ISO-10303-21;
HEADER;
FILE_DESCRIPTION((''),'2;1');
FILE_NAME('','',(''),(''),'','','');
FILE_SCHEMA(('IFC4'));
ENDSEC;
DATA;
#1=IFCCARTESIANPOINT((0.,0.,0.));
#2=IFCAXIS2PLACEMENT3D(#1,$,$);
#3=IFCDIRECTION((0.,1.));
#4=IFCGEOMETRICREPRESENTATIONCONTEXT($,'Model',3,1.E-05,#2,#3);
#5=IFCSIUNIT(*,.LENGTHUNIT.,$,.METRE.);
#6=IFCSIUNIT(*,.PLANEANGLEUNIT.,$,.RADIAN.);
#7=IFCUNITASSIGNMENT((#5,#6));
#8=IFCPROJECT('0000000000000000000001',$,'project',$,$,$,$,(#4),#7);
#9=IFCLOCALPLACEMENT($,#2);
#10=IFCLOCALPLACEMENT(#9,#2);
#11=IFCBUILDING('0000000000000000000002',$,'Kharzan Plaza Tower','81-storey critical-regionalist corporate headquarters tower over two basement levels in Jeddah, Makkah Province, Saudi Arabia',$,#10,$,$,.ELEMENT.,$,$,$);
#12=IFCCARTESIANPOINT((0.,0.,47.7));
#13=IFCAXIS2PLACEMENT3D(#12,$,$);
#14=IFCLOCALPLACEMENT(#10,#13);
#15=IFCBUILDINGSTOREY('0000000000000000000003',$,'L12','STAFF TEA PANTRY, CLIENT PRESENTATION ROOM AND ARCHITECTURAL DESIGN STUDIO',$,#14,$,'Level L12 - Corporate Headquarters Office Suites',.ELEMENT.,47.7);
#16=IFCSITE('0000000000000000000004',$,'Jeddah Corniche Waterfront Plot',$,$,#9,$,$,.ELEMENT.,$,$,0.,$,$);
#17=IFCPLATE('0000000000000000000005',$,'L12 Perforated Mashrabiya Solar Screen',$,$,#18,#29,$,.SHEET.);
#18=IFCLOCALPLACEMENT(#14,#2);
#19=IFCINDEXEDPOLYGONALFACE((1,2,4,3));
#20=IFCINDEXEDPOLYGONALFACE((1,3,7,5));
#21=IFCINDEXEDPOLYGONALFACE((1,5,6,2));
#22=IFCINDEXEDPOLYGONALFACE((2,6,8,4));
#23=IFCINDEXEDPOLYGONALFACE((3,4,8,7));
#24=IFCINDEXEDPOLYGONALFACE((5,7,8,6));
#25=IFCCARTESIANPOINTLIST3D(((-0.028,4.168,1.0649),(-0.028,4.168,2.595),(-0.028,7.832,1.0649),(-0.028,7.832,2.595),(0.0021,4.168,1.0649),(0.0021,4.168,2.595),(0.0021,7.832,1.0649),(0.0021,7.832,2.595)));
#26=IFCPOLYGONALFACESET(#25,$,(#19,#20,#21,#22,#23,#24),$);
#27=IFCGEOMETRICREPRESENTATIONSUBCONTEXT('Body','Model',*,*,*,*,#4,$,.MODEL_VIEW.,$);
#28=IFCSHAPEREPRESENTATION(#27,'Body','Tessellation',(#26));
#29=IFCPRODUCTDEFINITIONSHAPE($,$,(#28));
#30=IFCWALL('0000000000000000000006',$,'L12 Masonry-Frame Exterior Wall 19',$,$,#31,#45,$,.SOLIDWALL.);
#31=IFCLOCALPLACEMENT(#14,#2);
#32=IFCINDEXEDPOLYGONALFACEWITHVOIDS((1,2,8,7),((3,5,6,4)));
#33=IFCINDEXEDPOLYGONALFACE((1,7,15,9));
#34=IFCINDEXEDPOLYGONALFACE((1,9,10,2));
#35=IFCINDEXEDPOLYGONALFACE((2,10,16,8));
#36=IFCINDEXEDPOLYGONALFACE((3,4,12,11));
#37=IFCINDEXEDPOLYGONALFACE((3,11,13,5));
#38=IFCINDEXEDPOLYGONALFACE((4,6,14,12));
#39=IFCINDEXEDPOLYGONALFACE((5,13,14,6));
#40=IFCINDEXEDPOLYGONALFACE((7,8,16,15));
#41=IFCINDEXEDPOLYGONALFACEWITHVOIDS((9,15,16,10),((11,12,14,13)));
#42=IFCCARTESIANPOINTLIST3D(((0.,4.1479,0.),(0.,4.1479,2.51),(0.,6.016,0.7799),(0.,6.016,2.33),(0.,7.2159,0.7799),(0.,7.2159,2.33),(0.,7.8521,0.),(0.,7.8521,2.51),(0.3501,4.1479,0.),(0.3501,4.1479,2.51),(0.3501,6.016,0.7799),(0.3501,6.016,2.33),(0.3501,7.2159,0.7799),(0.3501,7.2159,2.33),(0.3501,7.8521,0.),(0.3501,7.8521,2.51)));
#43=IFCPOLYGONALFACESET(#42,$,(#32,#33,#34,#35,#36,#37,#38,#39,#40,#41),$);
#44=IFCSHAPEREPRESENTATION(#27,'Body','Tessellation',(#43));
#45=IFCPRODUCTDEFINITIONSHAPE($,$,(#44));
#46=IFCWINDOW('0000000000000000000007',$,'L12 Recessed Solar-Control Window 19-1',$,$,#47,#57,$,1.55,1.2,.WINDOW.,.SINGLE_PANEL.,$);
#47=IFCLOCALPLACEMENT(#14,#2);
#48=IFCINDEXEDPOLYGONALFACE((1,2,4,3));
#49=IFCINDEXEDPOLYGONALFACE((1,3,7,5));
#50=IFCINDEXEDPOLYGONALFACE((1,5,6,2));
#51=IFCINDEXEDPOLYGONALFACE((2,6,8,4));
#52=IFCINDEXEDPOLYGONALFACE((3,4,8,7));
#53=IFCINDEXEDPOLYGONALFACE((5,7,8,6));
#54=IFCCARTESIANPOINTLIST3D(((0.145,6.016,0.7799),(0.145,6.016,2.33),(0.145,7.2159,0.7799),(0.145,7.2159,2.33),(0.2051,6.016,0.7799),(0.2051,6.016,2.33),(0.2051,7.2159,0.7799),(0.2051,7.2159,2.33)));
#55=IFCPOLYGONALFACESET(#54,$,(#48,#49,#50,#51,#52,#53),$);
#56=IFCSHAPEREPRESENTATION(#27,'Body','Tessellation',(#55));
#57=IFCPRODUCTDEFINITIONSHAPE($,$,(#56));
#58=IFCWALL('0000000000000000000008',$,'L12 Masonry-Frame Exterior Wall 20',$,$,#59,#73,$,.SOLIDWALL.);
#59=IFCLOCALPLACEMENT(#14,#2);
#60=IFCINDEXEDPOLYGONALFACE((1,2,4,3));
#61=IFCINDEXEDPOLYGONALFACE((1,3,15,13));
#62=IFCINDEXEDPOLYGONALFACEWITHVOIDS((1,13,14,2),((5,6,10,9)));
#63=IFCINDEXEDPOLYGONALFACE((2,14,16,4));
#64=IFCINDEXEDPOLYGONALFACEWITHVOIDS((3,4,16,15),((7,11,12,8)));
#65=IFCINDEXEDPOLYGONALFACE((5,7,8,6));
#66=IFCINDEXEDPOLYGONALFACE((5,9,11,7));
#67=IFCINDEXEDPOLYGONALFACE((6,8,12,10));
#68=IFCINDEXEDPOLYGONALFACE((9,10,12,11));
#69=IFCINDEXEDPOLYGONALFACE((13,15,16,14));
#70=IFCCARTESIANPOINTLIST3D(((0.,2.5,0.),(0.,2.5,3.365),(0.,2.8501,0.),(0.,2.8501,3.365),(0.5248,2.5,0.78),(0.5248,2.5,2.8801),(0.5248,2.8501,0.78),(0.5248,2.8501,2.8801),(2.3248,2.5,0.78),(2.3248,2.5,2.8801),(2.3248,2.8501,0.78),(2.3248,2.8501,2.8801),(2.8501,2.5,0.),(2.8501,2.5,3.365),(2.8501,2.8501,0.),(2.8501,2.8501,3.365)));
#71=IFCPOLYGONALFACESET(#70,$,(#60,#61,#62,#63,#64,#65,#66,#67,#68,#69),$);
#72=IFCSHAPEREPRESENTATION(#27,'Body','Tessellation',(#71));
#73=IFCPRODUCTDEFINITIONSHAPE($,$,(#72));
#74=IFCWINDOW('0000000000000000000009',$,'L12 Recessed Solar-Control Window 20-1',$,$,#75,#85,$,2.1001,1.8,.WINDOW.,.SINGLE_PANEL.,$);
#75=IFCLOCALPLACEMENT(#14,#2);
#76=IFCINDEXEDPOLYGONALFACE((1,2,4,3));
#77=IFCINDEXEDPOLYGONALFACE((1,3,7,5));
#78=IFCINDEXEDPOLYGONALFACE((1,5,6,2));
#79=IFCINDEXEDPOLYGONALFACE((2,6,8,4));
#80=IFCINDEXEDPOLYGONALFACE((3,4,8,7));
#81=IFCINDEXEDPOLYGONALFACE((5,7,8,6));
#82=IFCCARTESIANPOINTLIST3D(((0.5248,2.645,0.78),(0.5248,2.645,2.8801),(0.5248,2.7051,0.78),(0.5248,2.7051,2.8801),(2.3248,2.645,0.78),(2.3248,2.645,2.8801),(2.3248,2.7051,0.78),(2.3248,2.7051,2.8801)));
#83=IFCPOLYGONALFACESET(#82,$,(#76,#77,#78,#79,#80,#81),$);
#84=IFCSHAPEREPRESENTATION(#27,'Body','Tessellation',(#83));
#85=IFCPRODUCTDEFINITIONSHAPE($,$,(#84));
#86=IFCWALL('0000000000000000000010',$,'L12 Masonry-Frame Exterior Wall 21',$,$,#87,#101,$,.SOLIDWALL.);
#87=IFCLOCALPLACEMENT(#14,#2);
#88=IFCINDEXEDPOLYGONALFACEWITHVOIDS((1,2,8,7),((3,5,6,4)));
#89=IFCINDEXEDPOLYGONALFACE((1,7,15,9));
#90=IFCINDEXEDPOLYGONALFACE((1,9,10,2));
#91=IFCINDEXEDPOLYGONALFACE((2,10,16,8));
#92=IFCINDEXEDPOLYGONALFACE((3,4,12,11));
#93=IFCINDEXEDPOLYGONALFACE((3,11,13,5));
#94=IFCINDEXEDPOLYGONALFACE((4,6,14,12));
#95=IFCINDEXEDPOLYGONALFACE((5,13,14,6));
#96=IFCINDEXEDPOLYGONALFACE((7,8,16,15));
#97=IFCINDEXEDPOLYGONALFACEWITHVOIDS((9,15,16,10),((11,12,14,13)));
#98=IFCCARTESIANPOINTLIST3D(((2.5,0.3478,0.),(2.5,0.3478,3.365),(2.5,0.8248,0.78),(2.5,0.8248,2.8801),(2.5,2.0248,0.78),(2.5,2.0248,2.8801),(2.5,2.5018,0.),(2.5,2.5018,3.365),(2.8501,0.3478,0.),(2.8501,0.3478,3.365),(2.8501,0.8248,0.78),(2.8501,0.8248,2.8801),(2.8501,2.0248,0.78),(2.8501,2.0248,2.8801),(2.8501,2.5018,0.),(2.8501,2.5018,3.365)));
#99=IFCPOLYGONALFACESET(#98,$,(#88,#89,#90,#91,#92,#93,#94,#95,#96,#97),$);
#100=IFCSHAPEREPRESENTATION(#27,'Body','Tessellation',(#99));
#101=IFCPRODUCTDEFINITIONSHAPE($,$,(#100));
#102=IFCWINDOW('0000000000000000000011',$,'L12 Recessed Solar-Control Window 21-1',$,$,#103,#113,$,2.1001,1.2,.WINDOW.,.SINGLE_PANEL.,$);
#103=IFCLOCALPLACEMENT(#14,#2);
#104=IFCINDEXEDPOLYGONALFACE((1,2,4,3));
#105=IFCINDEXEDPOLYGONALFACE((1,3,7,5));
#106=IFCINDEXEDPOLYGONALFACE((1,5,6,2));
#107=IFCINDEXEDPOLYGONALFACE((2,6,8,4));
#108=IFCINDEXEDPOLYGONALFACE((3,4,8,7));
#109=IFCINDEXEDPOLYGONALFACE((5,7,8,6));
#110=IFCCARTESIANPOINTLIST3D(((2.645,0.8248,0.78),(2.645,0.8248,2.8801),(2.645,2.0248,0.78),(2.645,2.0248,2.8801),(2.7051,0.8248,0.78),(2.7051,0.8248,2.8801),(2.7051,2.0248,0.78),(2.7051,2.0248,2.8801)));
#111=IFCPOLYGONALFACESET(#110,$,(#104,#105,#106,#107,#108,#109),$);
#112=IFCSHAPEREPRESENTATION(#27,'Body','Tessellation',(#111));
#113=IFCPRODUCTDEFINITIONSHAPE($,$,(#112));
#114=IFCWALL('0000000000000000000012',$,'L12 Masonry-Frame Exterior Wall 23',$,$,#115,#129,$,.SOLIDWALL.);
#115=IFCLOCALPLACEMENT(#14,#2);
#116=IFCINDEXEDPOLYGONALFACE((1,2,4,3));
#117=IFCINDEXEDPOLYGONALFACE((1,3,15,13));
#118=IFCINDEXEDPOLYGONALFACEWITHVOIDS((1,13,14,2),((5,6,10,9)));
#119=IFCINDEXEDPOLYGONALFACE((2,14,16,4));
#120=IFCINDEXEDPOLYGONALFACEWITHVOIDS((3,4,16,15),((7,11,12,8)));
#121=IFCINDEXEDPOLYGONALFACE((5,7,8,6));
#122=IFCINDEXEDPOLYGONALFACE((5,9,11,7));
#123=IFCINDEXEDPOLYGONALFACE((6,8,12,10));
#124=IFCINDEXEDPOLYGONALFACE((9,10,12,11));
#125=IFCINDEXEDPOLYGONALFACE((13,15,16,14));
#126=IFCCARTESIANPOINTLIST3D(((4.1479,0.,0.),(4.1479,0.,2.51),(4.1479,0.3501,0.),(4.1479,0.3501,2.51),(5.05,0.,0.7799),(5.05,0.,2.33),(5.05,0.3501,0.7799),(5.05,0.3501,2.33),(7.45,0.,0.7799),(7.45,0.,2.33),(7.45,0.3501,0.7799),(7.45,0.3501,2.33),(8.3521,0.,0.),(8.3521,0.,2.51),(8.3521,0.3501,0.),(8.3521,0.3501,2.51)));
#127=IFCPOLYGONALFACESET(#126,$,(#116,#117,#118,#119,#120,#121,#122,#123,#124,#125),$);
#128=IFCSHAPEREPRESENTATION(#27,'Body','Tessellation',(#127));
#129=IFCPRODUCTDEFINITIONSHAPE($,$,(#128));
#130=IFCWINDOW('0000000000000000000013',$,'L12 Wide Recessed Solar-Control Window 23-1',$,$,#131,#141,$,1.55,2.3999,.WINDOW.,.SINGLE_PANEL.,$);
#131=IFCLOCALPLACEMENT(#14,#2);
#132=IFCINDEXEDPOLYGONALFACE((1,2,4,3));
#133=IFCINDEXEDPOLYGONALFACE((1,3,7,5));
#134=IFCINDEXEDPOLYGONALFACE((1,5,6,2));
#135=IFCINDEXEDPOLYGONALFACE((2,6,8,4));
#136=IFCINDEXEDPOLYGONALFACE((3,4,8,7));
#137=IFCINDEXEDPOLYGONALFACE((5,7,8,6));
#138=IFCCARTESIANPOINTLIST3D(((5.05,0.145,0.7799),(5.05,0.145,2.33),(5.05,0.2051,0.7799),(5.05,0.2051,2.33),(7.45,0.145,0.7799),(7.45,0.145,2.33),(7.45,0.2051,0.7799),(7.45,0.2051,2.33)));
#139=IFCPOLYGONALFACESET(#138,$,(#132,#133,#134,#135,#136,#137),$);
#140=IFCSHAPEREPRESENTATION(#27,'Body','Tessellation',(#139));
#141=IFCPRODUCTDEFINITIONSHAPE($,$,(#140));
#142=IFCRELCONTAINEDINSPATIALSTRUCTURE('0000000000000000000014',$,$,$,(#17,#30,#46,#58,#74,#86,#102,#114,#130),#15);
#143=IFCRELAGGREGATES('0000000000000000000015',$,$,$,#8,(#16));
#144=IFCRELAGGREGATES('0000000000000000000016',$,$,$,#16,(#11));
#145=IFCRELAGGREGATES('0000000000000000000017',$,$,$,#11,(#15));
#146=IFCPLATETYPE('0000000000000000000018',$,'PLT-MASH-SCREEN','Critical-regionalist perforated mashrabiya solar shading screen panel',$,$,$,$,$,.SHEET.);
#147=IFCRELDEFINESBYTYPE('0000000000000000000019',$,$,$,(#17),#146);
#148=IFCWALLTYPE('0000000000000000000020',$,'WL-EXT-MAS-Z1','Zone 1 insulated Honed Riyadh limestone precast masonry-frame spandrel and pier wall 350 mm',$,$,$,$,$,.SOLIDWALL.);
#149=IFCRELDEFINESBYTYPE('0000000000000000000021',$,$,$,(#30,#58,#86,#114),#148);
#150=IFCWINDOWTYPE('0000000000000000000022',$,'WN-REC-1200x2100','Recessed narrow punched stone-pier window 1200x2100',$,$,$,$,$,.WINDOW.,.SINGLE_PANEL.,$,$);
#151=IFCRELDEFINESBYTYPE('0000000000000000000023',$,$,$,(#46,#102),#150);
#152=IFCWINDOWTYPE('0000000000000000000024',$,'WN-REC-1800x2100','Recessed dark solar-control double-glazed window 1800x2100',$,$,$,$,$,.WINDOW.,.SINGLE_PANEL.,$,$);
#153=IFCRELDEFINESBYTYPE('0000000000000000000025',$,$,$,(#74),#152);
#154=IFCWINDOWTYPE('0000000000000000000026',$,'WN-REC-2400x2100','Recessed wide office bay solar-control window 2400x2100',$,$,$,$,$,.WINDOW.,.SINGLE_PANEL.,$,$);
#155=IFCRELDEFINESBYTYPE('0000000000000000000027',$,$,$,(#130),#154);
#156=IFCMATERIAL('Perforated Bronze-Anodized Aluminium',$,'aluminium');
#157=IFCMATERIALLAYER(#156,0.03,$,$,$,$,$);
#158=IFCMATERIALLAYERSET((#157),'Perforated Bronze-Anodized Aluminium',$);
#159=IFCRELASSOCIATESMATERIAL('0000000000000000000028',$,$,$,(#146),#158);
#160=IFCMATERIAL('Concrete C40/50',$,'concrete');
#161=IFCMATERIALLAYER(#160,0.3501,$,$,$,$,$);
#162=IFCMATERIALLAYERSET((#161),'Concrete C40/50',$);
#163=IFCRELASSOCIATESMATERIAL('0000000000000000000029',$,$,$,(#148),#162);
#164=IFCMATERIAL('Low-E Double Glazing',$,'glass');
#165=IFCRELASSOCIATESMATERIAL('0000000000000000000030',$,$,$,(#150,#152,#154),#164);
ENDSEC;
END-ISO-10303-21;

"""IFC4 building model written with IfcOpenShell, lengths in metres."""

from ifc_helpers import new_model, si_unit, direction, frame, frame_2d, origin, origin_2d, place, context, subcontext, project, spatial, rectangle, extrude, source, transform, mapped, material, layer, layer_set, type_object, element, fill, save


model = new_model("IFC4")

# Units and contexts
model_context = context("Model", 3, precision=1e-05, world=origin(), true_north=direction((0.0, 1.0)))
body_context = subcontext(model_context, "Body", "Model", "MODEL_VIEW")
ifc_project = project(units=[si_unit("LENGTHUNIT", "METRE"), si_unit("PLANEANGLEUNIT", "RADIAN")], contexts=[model_context])

# Site, building, storey
site_placement = place(None, origin())
site = spatial("IfcSite", under=ifc_project, at=site_placement, Name="Jeddah Corniche Waterfront Plot", CompositionType="ELEMENT", RefElevation=0.0)
building_placement = place(site_placement, origin())
building = spatial("IfcBuilding", under=site, at=building_placement, Name="Kharzan Plaza Tower", Description="81-storey critical-regionalist corporate headquarters tower over two basement levels in Jeddah, Makkah Province, Saudi Arabia", CompositionType="ELEMENT")
storey_placement = place(building_placement, frame((0.0, 0.0, 47.7)))
storey = spatial("IfcBuildingStorey", under=building, at=storey_placement, Name="L12", Description="STAFF TEA PANTRY, CLIENT PRESENTATION ROOM AND ARCHITECTURAL DESIGN STUDIO", LongName="Level L12 - Corporate Headquarters Office Suites", CompositionType="ELEMENT", Elevation=47.7)

# Shared definitions
ifc_material_1 = material(Name="Concrete C40/50", Category="concrete")

# Plate
ifc_material_2 = material(Name="Perforated Bronze-Anodized Aluminium", Category="aluminium")
ifc_layer_1 = layer(ifc_material_2, 0.03)
ifc_layer_set_1 = layer_set([ifc_layer_1], Name="Perforated Bronze-Anodized Aluminium")
plate_type = type_object("IfcPlateType", Name="PLT-MASH-SCREEN", Description="Critical-regionalist perforated mashrabiya solar shading screen panel", PredefinedType="SHEET", material=ifc_layer_set_1)
shared_shape_1 = source(origin(), body_context, "Body", "SweptSolid", [
    extrude(rectangle(XDim=3.6641, YDim=0.03, at=origin_2d()), origin(), (0.0, 0.0, 1.0), 1.53),
])
plate_placement = place(storey_placement, frame((-0.0129, 6.0, 1.0649), z_axis=(0.0, 0.0, 1.0), x_axis=(0.0, -1.0, 0.0)))
element("IfcPlate", 1, at=plate_placement, inside=storey, type_object=plate_type, Name="L12 Perforated Mashrabiya Solar Screen", PredefinedType="SHEET", context=body_context, shape_type="MappedRepresentation", body=[
    mapped(shared_shape_1, transform((0.0, 0.0, 0.0), x_axis=(1.0, 0.0, 0.0), y_axis=(0.0, 1.0, 0.0), z_axis=(0.0, 0.0, 1.0))),
])

# Walls, openings, windows
ifc_layer_2 = layer(ifc_material_1, 0.3501)
ifc_layer_set_2 = layer_set([ifc_layer_2], Name="Concrete C40/50")
wall_type_1 = type_object("IfcWallType", Name="WL-EXT-MAS-Z1", Description="Zone 1 insulated Honed Riyadh limestone precast masonry-frame spandrel and pier wall 350 mm", PredefinedType="SOLIDWALL", material=ifc_layer_set_2)
wall_1_placement = place(storey_placement, frame((0.175, 7.8521, 0.0), z_axis=(0.0, 0.0, 1.0), x_axis=(0.0, -1.0, 0.0)))
wall_1 = element("IfcWall", 2, at=wall_1_placement, inside=storey, type_object=wall_type_1, Name="L12 Masonry-Frame Exterior Wall 19", PredefinedType="SOLIDWALL", context=body_context, shape_type="SweptSolid", body=[
    extrude(rectangle(XDim=3.7041, YDim=0.3501, at=frame_2d((1.8521, 0.0))), origin(), (0.0, 0.0, 1.0), 2.51),
])
opening_1_placement = place(wall_1_placement, frame((0.636, 0.0, 0.78)))
opening_1 = element("IfcOpeningElement", 3, at=opening_1_placement, cuts=wall_1, PredefinedType="OPENING", context=body_context, shape_type="SweptSolid", body=[
    extrude(rectangle(XDim=1.2, YDim=1.55, at=frame_2d((0.6001, 0.7749))), frame((0.0, 0.1851, 0.0), z_axis=(0.0, -1.0, 0.0), x_axis=(1.0, 0.0, 0.0)), (0.0, 0.0, 1.0), 0.3701),
])
ifc_material_3 = material(Name="Low-E Double Glazing", Category="glass")
window_type_1 = type_object("IfcWindowType", Name="WN-REC-1200x2100", Description="Recessed narrow punched stone-pier window 1200x2100", PartitioningType="SINGLE_PANEL", PredefinedType="WINDOW", material=ifc_material_3)
shared_shape_2 = source(origin(), body_context, "Body", "SweptSolid", [
    extrude(rectangle(XDim=1.2, YDim=1.55, at=frame_2d((0.6001, 0.7749))), frame((0.0, 0.03, 0.0), z_axis=(0.0, -1.0, 0.0), x_axis=(1.0, 0.0, 0.0)), (0.0, 0.0, 1.0), 0.0601),
])
window_1_placement = place(opening_1_placement, origin())
window_1 = element("IfcWindow", 4, at=window_1_placement, inside=storey, type_object=window_type_1, Name="L12 Recessed Solar-Control Window 19-1", OverallHeight=1.55, OverallWidth=1.2, PartitioningType="SINGLE_PANEL", PredefinedType="WINDOW", context=body_context, shape_type="MappedRepresentation", body=[
    mapped(shared_shape_2, transform((0.0, 0.0, 0.0), x_axis=(1.0, 0.0, 0.0), y_axis=(0.0, 1.0, 0.0), z_axis=(0.0, 0.0, 1.0))),
])
fill(opening_1, window_1)
wall_2_placement = place(storey_placement, frame((0.0, 2.675, 0.0), z_axis=(0.0, 0.0, 1.0), x_axis=(1.0, 0.0, 0.0)))
wall_2 = element("IfcWall", 5, at=wall_2_placement, inside=storey, type_object=wall_type_1, Name="L12 Masonry-Frame Exterior Wall 20", PredefinedType="SOLIDWALL", context=body_context, shape_type="SweptSolid", body=[
    extrude(rectangle(XDim=2.8501, YDim=0.3501, at=frame_2d((1.425, 0.0))), origin(), (0.0, 0.0, 1.0), 3.365),
])
opening_2_placement = place(wall_2_placement, frame((0.5249, 0.0, 0.78)))
opening_2 = element("IfcOpeningElement", 6, at=opening_2_placement, cuts=wall_2, PredefinedType="OPENING", context=body_context, shape_type="SweptSolid", body=[
    extrude(rectangle(XDim=1.8, YDim=2.1001, at=frame_2d((0.8999, 1.05))), frame((0.0, 0.1851, 0.0), z_axis=(0.0, -1.0, 0.0), x_axis=(1.0, 0.0, 0.0)), (0.0, 0.0, 1.0), 0.3701),
])
window_type_2 = type_object("IfcWindowType", Name="WN-REC-1800x2100", Description="Recessed dark solar-control double-glazed window 1800x2100", PartitioningType="SINGLE_PANEL", PredefinedType="WINDOW", material=ifc_material_3)
shared_shape_3 = source(origin(), body_context, "Body", "SweptSolid", [
    extrude(rectangle(XDim=1.8, YDim=2.1001, at=frame_2d((0.8999, 1.05))), frame((0.0, 0.03, 0.0), z_axis=(0.0, -1.0, 0.0), x_axis=(1.0, 0.0, 0.0)), (0.0, 0.0, 1.0), 0.0601),
])
window_2_placement = place(opening_2_placement, origin())
window_2 = element("IfcWindow", 7, at=window_2_placement, inside=storey, type_object=window_type_2, Name="L12 Recessed Solar-Control Window 20-1", OverallHeight=2.1001, OverallWidth=1.8, PartitioningType="SINGLE_PANEL", PredefinedType="WINDOW", context=body_context, shape_type="MappedRepresentation", body=[
    mapped(shared_shape_3, transform((0.0, 0.0, 0.0), x_axis=(1.0, 0.0, 0.0), y_axis=(0.0, 1.0, 0.0), z_axis=(0.0, 0.0, 1.0))),
])
fill(opening_2, window_2)
wall_3_placement = place(storey_placement, frame((2.675, 2.502, 0.0), z_axis=(0.0, 0.0, 1.0), x_axis=(0.0, -1.0, 0.0)))
wall_3 = element("IfcWall", 8, at=wall_3_placement, inside=storey, type_object=wall_type_1, Name="L12 Masonry-Frame Exterior Wall 21", PredefinedType="SOLIDWALL", context=body_context, shape_type="SweptSolid", body=[
    extrude(rectangle(XDim=2.1541, YDim=0.3501, at=frame_2d((1.0771, 0.0))), origin(), (0.0, 0.0, 1.0), 3.365),
])
opening_3_placement = place(wall_3_placement, frame((0.4771, 0.0, 0.78)))
opening_3 = element("IfcOpeningElement", 9, at=opening_3_placement, cuts=wall_3, PredefinedType="OPENING", context=body_context, shape_type="SweptSolid", body=[
    extrude(rectangle(XDim=1.2, YDim=2.1001, at=frame_2d((0.6001, 1.05))), frame((0.0, 0.1851, 0.0), z_axis=(0.0, -1.0, 0.0), x_axis=(1.0, 0.0, 0.0)), (0.0, 0.0, 1.0), 0.3701),
])
shared_shape_4 = source(origin(), body_context, "Body", "SweptSolid", [
    extrude(rectangle(XDim=1.2, YDim=2.1001, at=frame_2d((0.6001, 1.05))), frame((0.0, 0.03, 0.0), z_axis=(0.0, -1.0, 0.0), x_axis=(1.0, 0.0, 0.0)), (0.0, 0.0, 1.0), 0.0601),
])
window_3_placement = place(opening_3_placement, origin())
window_3 = element("IfcWindow", 10, at=window_3_placement, inside=storey, type_object=window_type_1, Name="L12 Recessed Solar-Control Window 21-1", OverallHeight=2.1001, OverallWidth=1.2, PartitioningType="SINGLE_PANEL", PredefinedType="WINDOW", context=body_context, shape_type="MappedRepresentation", body=[
    mapped(shared_shape_4, transform((0.0, 0.0, 0.0), x_axis=(1.0, 0.0, 0.0), y_axis=(0.0, 1.0, 0.0), z_axis=(0.0, 0.0, 1.0))),
])
fill(opening_3, window_3)
wall_4_placement = place(storey_placement, frame((4.1479, 0.175, 0.0), z_axis=(0.0, 0.0, 1.0), x_axis=(1.0, 0.0, 0.0)))
wall_4 = element("IfcWall", 11, at=wall_4_placement, inside=storey, type_object=wall_type_1, Name="L12 Masonry-Frame Exterior Wall 23", PredefinedType="SOLIDWALL", context=body_context, shape_type="SweptSolid", body=[
    extrude(rectangle(XDim=4.2041, YDim=0.3501, at=frame_2d((2.1021, 0.0))), origin(), (0.0, 0.0, 1.0), 2.51),
])
opening_4_placement = place(wall_4_placement, frame((0.9021, 0.0, 0.78)))
opening_4 = element("IfcOpeningElement", 12, at=opening_4_placement, cuts=wall_4, PredefinedType="OPENING", context=body_context, shape_type="SweptSolid", body=[
    extrude(rectangle(XDim=2.3999, YDim=1.55, at=frame_2d((1.2, 0.7749))), frame((0.0, 0.1851, 0.0), z_axis=(0.0, -1.0, 0.0), x_axis=(1.0, 0.0, 0.0)), (0.0, 0.0, 1.0), 0.3701),
])
window_type_3 = type_object("IfcWindowType", Name="WN-REC-2400x2100", Description="Recessed wide office bay solar-control window 2400x2100", PartitioningType="SINGLE_PANEL", PredefinedType="WINDOW", material=ifc_material_3)
shared_shape_5 = source(origin(), body_context, "Body", "SweptSolid", [
    extrude(rectangle(XDim=2.3999, YDim=1.55, at=frame_2d((1.2, 0.7749))), frame((0.0, 0.03, 0.0), z_axis=(0.0, -1.0, 0.0), x_axis=(1.0, 0.0, 0.0)), (0.0, 0.0, 1.0), 0.0601),
])
window_4_placement = place(opening_4_placement, origin())
window_4 = element("IfcWindow", 13, at=window_4_placement, inside=storey, type_object=window_type_3, Name="L12 Wide Recessed Solar-Control Window 23-1", OverallHeight=1.55, OverallWidth=2.3999, PartitioningType="SINGLE_PANEL", PredefinedType="WINDOW", context=body_context, shape_type="MappedRepresentation", body=[
    mapped(shared_shape_5, transform((0.0, 0.0, 0.0), x_axis=(1.0, 0.0, 0.0), y_axis=(0.0, 1.0, 0.0), z_axis=(0.0, 0.0, 1.0))),
])
fill(opening_4, window_4)

save(model, "model.ifc")
